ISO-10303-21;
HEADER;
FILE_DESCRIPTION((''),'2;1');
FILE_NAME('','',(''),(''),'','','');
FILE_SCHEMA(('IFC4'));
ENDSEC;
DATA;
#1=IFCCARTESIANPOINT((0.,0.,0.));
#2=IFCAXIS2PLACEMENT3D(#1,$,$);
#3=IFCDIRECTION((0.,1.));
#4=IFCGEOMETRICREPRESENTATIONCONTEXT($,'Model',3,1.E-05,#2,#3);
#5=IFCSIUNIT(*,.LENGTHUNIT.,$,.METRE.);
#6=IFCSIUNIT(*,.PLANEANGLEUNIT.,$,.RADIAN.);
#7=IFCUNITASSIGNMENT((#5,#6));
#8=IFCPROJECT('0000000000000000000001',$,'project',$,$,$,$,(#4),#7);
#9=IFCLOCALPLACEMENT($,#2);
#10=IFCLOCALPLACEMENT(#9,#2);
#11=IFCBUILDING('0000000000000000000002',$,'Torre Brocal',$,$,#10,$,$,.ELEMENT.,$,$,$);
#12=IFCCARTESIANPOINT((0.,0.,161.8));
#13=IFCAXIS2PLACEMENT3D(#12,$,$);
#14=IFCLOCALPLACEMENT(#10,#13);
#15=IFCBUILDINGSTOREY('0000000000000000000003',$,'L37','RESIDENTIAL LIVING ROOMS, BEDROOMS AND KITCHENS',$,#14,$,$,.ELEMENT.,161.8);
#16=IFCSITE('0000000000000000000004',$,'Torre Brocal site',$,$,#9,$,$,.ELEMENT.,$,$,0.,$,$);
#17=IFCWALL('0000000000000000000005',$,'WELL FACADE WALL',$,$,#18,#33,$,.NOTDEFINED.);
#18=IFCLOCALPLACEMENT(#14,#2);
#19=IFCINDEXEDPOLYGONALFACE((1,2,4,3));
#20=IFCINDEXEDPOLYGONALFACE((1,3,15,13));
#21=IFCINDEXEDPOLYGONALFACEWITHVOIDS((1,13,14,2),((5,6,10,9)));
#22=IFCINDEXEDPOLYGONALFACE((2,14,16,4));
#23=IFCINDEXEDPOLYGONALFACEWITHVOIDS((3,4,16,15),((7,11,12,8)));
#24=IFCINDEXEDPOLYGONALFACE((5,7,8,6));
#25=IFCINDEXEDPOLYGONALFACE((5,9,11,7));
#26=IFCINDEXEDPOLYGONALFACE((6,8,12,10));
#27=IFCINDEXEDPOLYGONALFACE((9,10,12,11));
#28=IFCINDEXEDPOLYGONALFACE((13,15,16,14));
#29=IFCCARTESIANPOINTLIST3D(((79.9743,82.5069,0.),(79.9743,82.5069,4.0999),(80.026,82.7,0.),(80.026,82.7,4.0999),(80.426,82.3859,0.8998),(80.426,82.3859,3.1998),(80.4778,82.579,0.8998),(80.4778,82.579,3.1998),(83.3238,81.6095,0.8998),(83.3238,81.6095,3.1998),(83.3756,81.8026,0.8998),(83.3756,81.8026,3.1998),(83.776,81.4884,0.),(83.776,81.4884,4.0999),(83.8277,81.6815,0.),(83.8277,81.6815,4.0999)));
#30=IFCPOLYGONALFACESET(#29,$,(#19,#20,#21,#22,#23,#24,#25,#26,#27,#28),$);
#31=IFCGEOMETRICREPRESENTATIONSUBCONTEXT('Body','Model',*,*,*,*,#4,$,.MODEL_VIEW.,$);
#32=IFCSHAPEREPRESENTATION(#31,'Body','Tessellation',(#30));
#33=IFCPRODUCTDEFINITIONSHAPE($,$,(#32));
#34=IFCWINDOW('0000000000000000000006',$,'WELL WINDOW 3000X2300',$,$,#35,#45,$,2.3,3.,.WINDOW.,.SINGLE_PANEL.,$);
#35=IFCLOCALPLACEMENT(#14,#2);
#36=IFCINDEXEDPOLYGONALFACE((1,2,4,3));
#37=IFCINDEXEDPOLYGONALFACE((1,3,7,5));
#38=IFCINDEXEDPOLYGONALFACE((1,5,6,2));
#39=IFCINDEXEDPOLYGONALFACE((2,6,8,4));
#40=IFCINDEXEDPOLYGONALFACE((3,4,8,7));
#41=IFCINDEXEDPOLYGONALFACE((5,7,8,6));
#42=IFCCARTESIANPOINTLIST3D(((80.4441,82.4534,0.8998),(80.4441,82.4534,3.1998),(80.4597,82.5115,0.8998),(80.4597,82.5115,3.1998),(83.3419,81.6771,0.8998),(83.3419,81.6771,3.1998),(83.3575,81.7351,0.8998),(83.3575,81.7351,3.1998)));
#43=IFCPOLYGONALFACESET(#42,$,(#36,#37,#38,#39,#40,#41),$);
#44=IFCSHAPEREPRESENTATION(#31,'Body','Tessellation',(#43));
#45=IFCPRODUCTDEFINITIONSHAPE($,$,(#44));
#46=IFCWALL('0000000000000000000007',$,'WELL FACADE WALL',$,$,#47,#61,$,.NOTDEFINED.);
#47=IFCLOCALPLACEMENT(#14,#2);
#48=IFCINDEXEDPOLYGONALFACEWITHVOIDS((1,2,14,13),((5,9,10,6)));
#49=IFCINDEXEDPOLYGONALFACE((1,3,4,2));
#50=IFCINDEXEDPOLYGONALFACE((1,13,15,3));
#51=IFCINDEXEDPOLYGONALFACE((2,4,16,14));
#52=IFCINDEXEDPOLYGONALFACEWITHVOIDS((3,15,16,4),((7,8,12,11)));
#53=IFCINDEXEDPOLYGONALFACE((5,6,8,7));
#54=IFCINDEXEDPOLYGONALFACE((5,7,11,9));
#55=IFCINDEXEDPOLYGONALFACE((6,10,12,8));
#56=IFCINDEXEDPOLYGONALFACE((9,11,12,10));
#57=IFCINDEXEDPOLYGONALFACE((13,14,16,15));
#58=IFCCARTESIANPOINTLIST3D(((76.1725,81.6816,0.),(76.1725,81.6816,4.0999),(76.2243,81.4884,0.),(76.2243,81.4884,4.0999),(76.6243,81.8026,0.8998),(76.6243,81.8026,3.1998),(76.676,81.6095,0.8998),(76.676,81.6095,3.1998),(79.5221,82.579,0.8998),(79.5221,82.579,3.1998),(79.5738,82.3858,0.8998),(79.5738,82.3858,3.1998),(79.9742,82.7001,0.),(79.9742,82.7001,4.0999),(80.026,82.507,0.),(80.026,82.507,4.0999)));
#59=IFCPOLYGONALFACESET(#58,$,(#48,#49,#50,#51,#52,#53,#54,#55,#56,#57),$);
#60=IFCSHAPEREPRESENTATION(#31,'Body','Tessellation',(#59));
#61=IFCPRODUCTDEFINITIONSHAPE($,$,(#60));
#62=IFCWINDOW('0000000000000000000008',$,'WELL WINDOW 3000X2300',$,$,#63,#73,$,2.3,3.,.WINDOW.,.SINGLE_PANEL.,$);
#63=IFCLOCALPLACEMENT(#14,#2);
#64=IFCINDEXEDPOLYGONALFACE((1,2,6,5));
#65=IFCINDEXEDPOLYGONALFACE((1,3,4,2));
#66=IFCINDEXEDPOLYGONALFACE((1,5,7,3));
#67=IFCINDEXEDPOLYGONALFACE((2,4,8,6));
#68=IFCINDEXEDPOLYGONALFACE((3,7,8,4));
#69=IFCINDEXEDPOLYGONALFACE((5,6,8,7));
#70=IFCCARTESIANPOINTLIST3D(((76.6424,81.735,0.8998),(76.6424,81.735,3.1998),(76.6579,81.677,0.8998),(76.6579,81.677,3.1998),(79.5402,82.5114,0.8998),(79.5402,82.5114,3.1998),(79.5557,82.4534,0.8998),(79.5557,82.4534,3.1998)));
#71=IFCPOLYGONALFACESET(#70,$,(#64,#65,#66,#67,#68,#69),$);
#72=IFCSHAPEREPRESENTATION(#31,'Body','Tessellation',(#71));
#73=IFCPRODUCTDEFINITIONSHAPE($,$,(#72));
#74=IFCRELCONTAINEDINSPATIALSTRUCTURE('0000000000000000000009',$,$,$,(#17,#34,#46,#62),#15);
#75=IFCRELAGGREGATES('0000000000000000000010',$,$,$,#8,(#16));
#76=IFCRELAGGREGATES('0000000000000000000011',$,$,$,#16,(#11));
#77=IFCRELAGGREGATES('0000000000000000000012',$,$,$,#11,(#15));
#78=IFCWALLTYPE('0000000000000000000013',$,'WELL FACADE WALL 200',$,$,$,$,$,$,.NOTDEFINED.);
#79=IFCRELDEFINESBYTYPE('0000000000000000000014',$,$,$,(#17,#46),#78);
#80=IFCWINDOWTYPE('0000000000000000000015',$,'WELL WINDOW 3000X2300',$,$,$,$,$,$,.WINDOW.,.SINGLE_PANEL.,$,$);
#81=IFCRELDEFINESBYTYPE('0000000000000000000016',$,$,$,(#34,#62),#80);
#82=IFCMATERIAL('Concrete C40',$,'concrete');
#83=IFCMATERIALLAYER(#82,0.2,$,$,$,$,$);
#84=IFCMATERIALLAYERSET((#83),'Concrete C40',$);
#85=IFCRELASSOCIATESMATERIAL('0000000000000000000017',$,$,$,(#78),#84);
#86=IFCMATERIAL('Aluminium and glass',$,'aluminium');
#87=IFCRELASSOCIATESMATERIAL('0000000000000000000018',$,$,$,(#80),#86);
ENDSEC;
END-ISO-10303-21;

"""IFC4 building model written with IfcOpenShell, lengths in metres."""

from ifc_helpers import new_model, si_unit, direction, frame, frame_2d, origin, place, context, subcontext, project, spatial, rectangle, extrude, material, layer, layer_set, type_object, element, fill, save


model = new_model("IFC4")

# Units and contexts
model_context = context("Model", 3, precision=1e-05, world=origin(), true_north=direction((0.0, 1.0)))
body_context = subcontext(model_context, "Body", "Model", "MODEL_VIEW")
ifc_project = project(units=[si_unit("LENGTHUNIT", "METRE"), si_unit("PLANEANGLEUNIT", "RADIAN")], contexts=[model_context])

# Site, building, storey
site_placement = place(None, origin())
site = spatial("IfcSite", under=ifc_project, at=site_placement, Name="Torre Brocal site", CompositionType="ELEMENT", RefElevation=0.0)
building_placement = place(site_placement, origin())
building = spatial("IfcBuilding", under=site, at=building_placement, Name="Torre Brocal", CompositionType="ELEMENT")
storey_placement = place(building_placement, frame((0.0, 0.0, 161.8)))
storey = spatial("IfcBuildingStorey", under=building, at=storey_placement, Name="L37", Description="RESIDENTIAL LIVING ROOMS, BEDROOMS AND KITCHENS", CompositionType="ELEMENT", Elevation=161.8)

# Walls, openings, windows
ifc_material_1 = material(Name="Concrete C40", Category="concrete")
ifc_layer_1 = layer(ifc_material_1, 0.2)
ifc_layer_set_1 = layer_set([ifc_layer_1], Name="Concrete C40")
wall_type_1 = type_object("IfcWallType", Name="WELL FACADE WALL 200", PredefinedType="NOTDEFINED", material=ifc_layer_set_1)
ifc_material_2 = material(Name="Aluminium and glass", Category="aluminium")
window_type = type_object("IfcWindowType", Name="WELL WINDOW 3000X2300", PartitioningType="SINGLE_PANEL", PredefinedType="WINDOW", material=ifc_material_2)
wall_1_placement = place(storey_placement, frame((83.8018, 81.585, 0.0), z_axis=(0.0, 0.0, 1.0), x_axis=(-0.965934, 0.25879, 0.0)))
wall_1 = element("IfcWall", 1, at=wall_1_placement, inside=storey, type_object=wall_type_1, Name="WELL FACADE WALL", PredefinedType="NOTDEFINED", context=body_context, shape_type="SweptSolid", body=[
    extrude(rectangle(XDim=3.9358, YDim=0.2, at=frame_2d((1.9678, 0.0))), origin(), (0.0, 0.0, 1.0), 4.0999),
])
opening_1_placement = place(wall_1_placement, frame((0.468, 0.0, 0.8999)))
opening_1 = element("IfcOpeningElement", 2, at=opening_1_placement, cuts=wall_1, PredefinedType="OPENING", context=body_context, shape_type="SweptSolid", body=[
    extrude(rectangle(XDim=3.0, YDim=2.3, at=frame_2d((1.5, 1.1499))), frame((0.0, 0.1099, 0.0), z_axis=(0.0, -1.0, 0.0), x_axis=(1.0, 0.0, 0.0)), (0.0, 0.0, 1.0), 0.22),
])
window_1_placement = place(opening_1_placement, origin())
window_1 = element("IfcWindow", 3, at=window_1_placement, inside=storey, type_object=window_type, Name="WELL WINDOW 3000X2300", OverallHeight=2.3, OverallWidth=3.0, PartitioningType="SINGLE_PANEL", PredefinedType="WINDOW", context=body_context, shape_type="SweptSolid", body=[
    extrude(rectangle(XDim=3.0, YDim=2.3, at=frame_2d((1.5, 1.1499))), frame((0.0, 0.03, 0.0), z_axis=(0.0, -1.0, 0.0), x_axis=(1.0, 0.0, 0.0)), (0.0, 0.0, 1.0), 0.0601),
])
fill(opening_1, window_1)
wall_2_placement = place(storey_placement, frame((80.0, 82.6035, 0.0), z_axis=(0.0, 0.0, 1.0), x_axis=(-0.965934, -0.25879, 0.0)))
wall_2 = element("IfcWall", 4, at=wall_2_placement, inside=storey, type_object=wall_type_1, Name="WELL FACADE WALL", PredefinedType="NOTDEFINED", context=body_context, shape_type="SweptSolid", body=[
    extrude(rectangle(XDim=3.9358, YDim=0.2, at=frame_2d((1.9678, 0.0))), origin(), (0.0, 0.0, 1.0), 4.0999),
])
opening_2_placement = place(wall_2_placement, frame((0.468, 0.0, 0.8999)))
opening_2 = element("IfcOpeningElement", 5, at=opening_2_placement, cuts=wall_2, PredefinedType="OPENING", context=body_context, shape_type="SweptSolid", body=[
    extrude(rectangle(XDim=3.0, YDim=2.3, at=frame_2d((1.5, 1.1499))), frame((0.0, 0.1099, 0.0), z_axis=(0.0, -1.0, 0.0), x_axis=(1.0, 0.0, 0.0)), (0.0, 0.0, 1.0), 0.22),
])
window_2_placement = place(opening_2_placement, origin())
window_2 = element("IfcWindow", 6, at=window_2_placement, inside=storey, type_object=window_type, Name="WELL WINDOW 3000X2300", OverallHeight=2.3, OverallWidth=3.0, PartitioningType="SINGLE_PANEL", PredefinedType="WINDOW", context=body_context, shape_type="SweptSolid", body=[
    extrude(rectangle(XDim=3.0, YDim=2.3, at=frame_2d((1.5, 1.1499))), frame((0.0, 0.03, 0.0), z_axis=(0.0, -1.0, 0.0), x_axis=(1.0, 0.0, 0.0)), (0.0, 0.0, 1.0), 0.0601),
])
fill(opening_2, window_2)

save(model, "model.ifc")
